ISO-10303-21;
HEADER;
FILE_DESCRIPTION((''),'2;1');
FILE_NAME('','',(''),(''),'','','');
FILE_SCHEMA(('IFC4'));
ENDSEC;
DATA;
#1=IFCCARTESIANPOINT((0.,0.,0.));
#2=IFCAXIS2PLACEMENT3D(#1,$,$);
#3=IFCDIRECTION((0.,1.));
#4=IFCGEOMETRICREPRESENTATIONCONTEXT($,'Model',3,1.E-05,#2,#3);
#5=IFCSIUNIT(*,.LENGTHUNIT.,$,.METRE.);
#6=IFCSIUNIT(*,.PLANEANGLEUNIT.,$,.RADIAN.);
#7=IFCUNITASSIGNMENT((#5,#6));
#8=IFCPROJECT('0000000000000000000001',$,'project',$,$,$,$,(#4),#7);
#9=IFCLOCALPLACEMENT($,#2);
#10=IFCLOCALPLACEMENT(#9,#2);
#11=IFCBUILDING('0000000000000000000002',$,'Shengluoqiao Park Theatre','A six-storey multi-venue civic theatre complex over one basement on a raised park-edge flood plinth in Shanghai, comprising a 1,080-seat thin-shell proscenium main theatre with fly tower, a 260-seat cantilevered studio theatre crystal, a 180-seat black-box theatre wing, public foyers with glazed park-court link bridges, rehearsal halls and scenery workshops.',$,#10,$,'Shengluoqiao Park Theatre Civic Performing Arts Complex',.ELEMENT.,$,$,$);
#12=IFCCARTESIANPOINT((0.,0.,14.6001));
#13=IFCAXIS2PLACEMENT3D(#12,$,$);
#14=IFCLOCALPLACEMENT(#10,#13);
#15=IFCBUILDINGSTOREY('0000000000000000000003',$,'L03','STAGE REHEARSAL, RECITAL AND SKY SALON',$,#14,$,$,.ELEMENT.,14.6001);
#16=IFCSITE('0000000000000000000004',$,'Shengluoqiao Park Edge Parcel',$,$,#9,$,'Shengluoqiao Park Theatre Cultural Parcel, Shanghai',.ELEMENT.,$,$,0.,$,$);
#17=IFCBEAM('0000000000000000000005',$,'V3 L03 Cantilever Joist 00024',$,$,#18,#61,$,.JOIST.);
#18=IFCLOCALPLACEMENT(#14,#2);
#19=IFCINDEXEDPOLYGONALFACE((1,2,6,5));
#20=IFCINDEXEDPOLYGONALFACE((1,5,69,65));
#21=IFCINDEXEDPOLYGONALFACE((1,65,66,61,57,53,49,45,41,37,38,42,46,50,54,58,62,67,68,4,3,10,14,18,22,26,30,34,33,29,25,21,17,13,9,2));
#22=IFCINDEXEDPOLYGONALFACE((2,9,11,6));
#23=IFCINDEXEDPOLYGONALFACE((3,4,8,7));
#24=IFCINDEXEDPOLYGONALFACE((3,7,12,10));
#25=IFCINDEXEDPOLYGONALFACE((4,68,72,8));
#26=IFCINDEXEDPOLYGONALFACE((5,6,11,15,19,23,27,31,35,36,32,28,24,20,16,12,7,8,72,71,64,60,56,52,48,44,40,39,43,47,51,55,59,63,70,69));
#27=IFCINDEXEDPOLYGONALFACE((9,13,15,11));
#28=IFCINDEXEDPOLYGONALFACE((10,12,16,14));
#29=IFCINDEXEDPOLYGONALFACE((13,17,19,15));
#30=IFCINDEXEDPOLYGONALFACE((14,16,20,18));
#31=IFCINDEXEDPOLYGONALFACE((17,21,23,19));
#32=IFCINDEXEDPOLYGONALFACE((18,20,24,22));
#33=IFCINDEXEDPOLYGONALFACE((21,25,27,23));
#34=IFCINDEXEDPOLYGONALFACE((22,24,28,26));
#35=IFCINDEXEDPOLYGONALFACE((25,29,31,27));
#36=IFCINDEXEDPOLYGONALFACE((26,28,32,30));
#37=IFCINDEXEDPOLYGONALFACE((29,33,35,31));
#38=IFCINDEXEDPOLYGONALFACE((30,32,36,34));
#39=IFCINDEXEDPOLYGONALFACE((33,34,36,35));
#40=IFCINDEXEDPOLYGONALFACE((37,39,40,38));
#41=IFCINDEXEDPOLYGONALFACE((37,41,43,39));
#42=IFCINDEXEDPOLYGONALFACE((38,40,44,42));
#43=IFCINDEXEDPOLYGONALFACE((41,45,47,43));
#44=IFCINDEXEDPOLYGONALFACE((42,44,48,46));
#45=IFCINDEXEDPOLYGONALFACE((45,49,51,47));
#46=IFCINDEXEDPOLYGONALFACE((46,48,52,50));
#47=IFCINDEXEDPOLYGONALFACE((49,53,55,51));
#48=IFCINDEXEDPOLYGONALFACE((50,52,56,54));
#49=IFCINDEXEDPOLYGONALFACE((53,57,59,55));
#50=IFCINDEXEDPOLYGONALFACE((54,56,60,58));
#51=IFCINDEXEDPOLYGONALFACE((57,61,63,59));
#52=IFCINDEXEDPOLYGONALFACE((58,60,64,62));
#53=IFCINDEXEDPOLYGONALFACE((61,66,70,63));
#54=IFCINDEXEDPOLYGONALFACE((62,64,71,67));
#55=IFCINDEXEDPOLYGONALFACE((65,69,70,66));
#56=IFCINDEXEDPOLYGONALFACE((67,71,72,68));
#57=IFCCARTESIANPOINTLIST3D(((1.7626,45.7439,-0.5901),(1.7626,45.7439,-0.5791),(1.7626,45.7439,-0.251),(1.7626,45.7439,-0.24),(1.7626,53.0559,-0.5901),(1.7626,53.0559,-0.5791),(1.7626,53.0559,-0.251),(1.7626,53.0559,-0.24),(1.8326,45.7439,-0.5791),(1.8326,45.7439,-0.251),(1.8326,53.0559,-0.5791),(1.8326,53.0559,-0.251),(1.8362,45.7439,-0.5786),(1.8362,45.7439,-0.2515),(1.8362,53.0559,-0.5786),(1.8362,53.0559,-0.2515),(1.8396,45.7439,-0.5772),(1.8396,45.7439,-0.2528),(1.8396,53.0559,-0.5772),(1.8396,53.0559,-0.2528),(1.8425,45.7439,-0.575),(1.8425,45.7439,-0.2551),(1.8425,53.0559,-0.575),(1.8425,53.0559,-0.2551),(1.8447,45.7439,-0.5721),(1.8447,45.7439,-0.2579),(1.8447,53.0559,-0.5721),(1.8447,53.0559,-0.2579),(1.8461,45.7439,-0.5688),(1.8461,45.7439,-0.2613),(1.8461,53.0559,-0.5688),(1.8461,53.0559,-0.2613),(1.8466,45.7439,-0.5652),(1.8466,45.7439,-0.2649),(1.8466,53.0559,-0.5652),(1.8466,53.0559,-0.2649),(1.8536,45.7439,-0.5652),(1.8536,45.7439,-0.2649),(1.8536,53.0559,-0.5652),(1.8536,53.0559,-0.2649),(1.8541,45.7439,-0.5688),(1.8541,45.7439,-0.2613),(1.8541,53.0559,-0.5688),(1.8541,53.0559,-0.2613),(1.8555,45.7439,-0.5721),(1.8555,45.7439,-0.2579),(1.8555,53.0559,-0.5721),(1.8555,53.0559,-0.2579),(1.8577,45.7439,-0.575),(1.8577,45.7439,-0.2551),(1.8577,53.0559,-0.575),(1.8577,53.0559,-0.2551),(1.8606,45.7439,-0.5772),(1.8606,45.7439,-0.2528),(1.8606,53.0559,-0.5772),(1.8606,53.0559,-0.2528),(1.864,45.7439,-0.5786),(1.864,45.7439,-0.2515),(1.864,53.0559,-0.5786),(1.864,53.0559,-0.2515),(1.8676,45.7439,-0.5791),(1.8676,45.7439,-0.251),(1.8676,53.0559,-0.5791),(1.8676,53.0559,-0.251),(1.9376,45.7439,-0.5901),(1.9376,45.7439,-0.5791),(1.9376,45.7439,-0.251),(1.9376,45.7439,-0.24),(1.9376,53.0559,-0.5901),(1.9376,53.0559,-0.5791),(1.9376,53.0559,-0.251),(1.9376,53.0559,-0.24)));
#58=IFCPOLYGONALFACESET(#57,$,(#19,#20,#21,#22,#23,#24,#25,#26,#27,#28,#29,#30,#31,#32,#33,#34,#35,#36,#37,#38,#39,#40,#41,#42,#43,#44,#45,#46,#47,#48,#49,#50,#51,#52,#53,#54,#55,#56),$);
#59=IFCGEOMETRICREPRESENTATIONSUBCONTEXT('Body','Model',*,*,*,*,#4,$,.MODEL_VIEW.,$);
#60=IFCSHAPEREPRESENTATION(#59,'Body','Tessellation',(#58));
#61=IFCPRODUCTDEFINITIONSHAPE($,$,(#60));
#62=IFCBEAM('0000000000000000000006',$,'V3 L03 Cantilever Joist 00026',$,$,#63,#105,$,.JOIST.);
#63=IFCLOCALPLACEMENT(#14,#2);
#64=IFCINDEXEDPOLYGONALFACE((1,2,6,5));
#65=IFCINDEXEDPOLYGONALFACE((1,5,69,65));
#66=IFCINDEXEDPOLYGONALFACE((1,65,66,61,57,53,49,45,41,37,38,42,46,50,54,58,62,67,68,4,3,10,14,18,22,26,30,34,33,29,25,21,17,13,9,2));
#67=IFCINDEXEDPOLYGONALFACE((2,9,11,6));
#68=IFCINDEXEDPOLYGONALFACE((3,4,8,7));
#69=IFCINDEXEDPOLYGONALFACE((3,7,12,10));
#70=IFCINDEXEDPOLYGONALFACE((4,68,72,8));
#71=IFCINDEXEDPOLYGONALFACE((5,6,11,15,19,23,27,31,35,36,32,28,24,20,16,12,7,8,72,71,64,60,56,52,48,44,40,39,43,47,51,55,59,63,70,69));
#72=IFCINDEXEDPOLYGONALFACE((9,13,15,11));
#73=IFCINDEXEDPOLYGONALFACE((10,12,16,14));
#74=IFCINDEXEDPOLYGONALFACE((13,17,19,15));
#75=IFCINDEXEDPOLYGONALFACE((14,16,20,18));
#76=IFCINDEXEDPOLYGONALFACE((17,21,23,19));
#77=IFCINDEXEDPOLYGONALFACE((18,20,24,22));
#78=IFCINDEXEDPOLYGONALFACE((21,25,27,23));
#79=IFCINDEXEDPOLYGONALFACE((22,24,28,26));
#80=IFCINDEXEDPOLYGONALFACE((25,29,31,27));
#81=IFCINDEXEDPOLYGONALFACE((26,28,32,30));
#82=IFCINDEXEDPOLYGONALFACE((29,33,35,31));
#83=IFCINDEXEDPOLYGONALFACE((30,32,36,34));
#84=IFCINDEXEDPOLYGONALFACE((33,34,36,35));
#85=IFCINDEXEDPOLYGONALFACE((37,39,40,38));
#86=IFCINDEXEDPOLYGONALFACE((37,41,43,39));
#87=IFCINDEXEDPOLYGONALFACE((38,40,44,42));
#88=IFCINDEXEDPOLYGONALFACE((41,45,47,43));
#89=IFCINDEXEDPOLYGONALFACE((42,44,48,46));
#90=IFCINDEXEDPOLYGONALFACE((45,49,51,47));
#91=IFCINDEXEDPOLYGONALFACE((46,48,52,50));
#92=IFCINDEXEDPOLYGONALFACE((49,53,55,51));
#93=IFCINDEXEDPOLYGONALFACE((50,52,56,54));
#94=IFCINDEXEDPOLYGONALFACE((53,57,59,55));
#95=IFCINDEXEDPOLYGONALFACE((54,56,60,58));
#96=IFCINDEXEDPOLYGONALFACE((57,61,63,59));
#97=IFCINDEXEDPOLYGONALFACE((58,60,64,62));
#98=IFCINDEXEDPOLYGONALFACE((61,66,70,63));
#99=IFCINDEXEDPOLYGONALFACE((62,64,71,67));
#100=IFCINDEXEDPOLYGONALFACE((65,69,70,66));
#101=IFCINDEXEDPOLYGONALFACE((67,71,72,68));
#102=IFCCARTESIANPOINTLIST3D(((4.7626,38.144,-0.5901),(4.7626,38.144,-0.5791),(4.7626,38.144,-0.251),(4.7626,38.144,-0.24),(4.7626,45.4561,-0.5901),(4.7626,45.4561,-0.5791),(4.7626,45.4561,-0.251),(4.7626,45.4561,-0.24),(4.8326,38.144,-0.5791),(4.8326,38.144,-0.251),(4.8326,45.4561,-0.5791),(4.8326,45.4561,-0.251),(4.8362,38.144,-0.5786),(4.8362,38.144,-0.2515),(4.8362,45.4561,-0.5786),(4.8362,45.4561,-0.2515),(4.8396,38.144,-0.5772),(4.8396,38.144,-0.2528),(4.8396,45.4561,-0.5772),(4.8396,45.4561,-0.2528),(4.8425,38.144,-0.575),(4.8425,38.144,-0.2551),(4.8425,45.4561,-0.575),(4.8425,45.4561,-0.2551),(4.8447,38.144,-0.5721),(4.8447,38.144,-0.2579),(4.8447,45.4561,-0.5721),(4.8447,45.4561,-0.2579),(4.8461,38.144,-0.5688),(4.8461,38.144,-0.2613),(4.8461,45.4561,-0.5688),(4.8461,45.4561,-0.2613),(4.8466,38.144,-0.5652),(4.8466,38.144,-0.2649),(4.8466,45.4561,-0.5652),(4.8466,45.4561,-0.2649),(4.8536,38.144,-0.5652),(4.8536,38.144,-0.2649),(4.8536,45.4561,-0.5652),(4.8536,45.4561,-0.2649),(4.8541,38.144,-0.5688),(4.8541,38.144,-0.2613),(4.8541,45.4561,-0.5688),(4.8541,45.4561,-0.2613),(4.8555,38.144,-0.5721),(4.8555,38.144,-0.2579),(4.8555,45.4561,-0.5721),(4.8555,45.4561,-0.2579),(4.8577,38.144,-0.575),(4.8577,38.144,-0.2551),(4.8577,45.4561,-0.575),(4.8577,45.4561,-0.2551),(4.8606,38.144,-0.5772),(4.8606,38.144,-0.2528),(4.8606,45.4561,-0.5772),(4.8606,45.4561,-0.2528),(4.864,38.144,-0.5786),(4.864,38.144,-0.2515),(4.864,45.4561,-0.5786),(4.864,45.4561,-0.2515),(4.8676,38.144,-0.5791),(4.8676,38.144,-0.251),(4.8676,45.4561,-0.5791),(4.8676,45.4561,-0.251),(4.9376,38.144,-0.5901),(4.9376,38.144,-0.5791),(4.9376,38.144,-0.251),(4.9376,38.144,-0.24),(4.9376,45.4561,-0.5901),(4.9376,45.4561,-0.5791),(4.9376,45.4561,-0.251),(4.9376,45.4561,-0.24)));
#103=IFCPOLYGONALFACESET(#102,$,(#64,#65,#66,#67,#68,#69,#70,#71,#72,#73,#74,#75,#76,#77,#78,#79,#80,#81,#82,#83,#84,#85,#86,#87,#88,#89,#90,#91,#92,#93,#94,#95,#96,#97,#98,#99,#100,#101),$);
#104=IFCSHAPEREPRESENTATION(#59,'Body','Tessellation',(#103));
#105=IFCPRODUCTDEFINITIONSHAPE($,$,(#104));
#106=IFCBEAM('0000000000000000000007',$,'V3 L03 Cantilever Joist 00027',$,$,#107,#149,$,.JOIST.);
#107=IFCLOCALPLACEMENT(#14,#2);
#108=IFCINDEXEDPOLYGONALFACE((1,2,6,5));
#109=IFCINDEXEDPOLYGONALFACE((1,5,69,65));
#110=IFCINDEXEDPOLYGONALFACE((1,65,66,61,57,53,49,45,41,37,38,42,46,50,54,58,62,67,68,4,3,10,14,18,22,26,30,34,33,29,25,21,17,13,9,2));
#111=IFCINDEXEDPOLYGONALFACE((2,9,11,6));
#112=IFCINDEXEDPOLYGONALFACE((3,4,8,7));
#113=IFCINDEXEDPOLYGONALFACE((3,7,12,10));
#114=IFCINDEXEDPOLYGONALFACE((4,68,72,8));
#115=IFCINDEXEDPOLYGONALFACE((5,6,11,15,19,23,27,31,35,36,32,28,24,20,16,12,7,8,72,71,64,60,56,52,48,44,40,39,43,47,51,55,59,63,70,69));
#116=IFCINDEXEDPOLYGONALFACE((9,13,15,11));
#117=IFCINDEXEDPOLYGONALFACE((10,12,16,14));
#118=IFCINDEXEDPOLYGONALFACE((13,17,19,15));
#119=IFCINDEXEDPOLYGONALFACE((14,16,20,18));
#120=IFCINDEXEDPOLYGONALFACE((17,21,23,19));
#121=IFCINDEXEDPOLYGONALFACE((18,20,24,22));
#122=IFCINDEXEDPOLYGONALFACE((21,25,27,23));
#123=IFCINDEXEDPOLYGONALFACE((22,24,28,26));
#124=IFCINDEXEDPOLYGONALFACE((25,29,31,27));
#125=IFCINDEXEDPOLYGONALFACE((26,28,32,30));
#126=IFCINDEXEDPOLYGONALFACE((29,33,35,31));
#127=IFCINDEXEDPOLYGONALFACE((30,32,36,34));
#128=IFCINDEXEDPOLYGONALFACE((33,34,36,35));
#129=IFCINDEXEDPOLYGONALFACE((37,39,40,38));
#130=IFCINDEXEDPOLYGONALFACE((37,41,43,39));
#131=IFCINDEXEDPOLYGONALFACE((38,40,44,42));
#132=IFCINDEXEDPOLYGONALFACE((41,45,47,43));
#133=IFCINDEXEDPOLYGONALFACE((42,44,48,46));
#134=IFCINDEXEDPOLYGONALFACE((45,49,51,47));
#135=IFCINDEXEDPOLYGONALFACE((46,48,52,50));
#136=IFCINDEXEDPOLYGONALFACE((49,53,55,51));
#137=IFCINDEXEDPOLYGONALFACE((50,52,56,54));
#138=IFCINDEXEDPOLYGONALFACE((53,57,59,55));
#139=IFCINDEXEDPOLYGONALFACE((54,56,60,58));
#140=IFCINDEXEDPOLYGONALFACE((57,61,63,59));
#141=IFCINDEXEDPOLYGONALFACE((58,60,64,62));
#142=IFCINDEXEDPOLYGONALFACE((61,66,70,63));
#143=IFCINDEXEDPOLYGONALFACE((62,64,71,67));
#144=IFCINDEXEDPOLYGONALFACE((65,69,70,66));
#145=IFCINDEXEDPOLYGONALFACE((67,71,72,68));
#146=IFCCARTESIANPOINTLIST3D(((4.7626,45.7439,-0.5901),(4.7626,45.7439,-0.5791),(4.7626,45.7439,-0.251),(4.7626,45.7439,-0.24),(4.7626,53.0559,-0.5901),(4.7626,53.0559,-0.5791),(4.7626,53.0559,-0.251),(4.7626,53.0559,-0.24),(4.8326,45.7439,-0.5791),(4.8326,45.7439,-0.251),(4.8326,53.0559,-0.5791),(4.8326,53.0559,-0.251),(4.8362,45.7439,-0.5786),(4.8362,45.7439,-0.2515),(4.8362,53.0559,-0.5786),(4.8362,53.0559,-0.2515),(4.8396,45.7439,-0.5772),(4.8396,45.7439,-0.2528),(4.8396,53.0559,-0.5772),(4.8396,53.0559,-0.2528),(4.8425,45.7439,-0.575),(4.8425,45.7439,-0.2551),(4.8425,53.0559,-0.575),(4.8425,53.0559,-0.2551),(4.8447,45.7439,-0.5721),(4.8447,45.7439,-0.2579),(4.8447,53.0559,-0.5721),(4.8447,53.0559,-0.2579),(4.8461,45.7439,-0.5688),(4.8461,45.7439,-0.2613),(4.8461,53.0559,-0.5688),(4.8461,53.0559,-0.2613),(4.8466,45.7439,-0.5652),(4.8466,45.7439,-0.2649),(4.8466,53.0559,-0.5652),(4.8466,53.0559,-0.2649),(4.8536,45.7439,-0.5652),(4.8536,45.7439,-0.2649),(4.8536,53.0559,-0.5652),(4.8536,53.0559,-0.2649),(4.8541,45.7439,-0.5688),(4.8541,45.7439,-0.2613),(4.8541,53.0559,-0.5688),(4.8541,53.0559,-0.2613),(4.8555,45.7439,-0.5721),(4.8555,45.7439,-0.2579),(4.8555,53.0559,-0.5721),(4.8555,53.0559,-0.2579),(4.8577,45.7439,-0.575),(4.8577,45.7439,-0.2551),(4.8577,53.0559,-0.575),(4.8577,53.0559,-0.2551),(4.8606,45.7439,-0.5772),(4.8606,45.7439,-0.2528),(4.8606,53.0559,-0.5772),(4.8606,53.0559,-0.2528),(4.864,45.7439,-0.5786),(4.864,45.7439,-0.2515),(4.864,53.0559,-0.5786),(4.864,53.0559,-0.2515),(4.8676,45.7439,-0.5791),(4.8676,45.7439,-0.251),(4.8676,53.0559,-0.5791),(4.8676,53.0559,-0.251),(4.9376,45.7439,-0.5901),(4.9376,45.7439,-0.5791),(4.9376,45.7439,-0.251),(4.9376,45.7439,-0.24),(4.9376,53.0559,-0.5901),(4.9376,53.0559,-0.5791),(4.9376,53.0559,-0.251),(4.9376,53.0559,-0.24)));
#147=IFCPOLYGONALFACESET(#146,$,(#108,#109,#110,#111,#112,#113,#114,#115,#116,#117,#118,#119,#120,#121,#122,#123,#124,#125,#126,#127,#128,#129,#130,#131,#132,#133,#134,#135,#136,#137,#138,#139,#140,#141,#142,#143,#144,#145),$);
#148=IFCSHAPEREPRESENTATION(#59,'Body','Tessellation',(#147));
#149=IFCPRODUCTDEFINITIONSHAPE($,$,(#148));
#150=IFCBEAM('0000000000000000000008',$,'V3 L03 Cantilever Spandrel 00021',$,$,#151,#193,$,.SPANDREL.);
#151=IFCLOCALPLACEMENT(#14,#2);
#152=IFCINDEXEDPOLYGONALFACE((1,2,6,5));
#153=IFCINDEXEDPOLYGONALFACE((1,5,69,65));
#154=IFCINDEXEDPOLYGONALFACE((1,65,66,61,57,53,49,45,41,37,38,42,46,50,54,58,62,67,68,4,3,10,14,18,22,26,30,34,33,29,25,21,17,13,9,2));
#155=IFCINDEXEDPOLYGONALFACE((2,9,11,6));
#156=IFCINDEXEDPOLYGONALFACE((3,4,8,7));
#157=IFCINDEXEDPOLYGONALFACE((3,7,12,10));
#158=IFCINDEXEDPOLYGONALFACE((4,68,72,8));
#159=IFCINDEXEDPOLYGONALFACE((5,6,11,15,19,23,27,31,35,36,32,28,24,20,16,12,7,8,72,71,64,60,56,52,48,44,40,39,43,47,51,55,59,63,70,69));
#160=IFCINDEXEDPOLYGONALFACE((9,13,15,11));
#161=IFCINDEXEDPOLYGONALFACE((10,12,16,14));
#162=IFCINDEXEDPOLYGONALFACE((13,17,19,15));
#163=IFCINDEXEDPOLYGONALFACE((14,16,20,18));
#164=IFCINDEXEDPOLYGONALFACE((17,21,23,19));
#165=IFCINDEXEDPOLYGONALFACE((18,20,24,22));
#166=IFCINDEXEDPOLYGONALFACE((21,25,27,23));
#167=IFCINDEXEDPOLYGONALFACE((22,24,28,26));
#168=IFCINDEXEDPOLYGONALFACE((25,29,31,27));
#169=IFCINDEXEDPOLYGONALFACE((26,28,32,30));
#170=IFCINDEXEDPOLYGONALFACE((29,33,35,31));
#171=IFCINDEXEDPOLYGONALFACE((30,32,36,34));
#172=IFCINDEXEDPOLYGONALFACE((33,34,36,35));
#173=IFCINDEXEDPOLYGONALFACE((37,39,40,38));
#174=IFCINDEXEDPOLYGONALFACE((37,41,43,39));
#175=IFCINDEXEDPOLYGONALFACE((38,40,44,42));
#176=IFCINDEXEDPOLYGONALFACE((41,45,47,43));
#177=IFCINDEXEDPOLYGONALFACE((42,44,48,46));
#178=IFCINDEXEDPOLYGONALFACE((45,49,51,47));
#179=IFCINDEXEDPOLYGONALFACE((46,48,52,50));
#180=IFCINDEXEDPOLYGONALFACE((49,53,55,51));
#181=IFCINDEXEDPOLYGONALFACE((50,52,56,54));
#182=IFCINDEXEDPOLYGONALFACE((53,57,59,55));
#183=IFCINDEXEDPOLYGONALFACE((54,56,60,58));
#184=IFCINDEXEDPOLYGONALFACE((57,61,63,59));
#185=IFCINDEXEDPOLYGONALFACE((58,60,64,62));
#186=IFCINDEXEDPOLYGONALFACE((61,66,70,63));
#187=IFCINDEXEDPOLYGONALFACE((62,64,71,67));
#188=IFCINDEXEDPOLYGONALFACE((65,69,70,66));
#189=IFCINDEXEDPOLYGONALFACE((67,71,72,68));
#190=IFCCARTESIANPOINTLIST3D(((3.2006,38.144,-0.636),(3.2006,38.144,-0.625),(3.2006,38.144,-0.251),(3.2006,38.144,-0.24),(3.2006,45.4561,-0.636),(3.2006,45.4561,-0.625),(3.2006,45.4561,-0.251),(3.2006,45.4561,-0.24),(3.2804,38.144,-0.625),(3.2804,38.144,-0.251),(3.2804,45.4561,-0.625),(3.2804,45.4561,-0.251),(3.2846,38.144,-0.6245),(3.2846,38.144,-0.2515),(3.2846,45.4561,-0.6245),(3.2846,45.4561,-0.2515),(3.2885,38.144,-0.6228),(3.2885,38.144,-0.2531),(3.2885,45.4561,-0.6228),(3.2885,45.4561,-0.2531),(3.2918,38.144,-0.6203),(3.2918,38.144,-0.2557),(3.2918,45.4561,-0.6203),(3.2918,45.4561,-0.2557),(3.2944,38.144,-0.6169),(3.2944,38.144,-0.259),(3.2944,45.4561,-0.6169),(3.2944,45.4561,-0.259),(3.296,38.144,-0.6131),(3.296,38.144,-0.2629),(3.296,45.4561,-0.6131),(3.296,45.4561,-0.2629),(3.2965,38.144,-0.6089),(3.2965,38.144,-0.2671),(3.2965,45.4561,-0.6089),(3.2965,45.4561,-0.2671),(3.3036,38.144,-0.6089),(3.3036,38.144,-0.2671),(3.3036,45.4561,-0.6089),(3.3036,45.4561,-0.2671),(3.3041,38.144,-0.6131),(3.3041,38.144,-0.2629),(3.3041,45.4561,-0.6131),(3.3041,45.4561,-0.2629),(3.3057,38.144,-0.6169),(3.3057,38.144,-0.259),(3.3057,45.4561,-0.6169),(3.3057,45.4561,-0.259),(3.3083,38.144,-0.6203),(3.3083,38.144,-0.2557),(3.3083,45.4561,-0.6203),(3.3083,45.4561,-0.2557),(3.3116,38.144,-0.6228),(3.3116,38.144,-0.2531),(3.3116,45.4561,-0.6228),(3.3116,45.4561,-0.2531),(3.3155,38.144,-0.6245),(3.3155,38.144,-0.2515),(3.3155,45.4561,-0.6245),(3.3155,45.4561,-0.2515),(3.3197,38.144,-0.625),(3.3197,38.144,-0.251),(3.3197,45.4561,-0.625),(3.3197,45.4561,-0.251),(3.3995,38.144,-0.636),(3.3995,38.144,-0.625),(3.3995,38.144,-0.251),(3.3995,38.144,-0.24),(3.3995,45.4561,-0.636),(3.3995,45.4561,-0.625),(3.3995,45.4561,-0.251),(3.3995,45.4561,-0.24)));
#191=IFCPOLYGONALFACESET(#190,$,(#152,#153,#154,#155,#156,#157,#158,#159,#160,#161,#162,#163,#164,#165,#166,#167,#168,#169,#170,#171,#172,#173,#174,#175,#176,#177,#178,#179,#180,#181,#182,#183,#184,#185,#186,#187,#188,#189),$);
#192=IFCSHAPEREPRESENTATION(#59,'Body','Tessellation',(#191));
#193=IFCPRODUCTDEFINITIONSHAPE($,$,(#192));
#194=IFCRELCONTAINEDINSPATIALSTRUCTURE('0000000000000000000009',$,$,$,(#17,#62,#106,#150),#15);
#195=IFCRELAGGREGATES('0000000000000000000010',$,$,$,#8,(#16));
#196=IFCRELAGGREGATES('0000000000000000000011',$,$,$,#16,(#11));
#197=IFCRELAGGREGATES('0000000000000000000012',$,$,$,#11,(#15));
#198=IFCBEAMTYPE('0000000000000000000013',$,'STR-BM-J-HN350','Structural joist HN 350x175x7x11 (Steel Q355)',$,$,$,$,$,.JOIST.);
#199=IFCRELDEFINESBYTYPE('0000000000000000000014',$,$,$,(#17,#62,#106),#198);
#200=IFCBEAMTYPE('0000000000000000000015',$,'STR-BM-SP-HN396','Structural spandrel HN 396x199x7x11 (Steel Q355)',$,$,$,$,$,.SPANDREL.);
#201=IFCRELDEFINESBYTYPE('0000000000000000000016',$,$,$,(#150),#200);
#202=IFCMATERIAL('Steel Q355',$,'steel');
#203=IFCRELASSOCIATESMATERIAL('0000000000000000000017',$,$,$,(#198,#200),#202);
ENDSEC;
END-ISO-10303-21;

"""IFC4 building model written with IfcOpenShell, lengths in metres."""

from ifc_helpers import new_model, si_unit, direction, frame, origin, origin_2d, place, context, subcontext, project, spatial, i_section, extrude, material, material_profile, profile_set, type_object, element, save


model = new_model("IFC4")

# Units and contexts
model_context = context("Model", 3, precision=1e-05, world=origin(), true_north=direction((0.0, 1.0)))
body_context = subcontext(model_context, "Body", "Model", "MODEL_VIEW")
ifc_project = project(units=[si_unit("LENGTHUNIT", "METRE"), si_unit("PLANEANGLEUNIT", "RADIAN")], contexts=[model_context])

# Site, building, storey
site_placement = place(None, origin())
site = spatial("IfcSite", under=ifc_project, at=site_placement, Name="Shengluoqiao Park Edge Parcel", LongName="Shengluoqiao Park Theatre Cultural Parcel, Shanghai", CompositionType="ELEMENT", RefElevation=0.0)
building_placement = place(site_placement, origin())
building = spatial("IfcBuilding", under=site, at=building_placement, Name="Shengluoqiao Park Theatre", Description="A six-storey multi-venue civic theatre complex over one basement on a raised park-edge flood plinth in Shanghai, comprising a 1,080-seat thin-shell proscenium main theatre with fly tower, a 260-seat cantilevered studio theatre crystal, a 180-seat black-box theatre wing, public foyers with glazed park-court link bridges, rehearsal halls and scenery workshops.", LongName="Shengluoqiao Park Theatre Civic Performing Arts Complex", CompositionType="ELEMENT")
storey_placement = place(building_placement, frame((0.0, 0.0, 14.6001)))
storey = spatial("IfcBuildingStorey", under=building, at=storey_placement, Name="L03", Description="STAGE REHEARSAL, RECITAL AND SKY SALON", CompositionType="ELEMENT", Elevation=14.6001)

# Beams
ifc_material_1 = material(Name="Steel Q355", Category="steel")
ifc_material_profile_1 = material_profile(ifc_material_1, i_section(OverallWidth=0.175, OverallDepth=0.3501, WebThickness=0.0071, FlangeThickness=0.011, FilletRadius=0.0139, at=origin_2d()), Name="HN 350x175x7x11")
ifc_profile_set_1 = profile_set([ifc_material_profile_1], Name="Steel Q355")
beam_type_1 = type_object("IfcBeamType", Name="STR-BM-J-HN350", Description="Structural joist HN 350x175x7x11 (Steel Q355)", PredefinedType="JOIST", material=ifc_profile_set_1)
for number, where, z_axis, x_axis, name in (
    (1, (1.8501, 45.7439, -0.415), (0.0, 1.0, 0.0), (-1.0, 0.0, 0.0), "V3 L03 Cantilever Joist 00024"),
    (2, (4.8501, 38.144, -0.415), (0.0, 1.0, 0.0), (-1.0, 0.0, 0.0), "V3 L03 Cantilever Joist 00026"),
    (3, (4.8501, 45.7439, -0.415), (0.0, 1.0, 0.0), (-1.0, 0.0, 0.0), "V3 L03 Cantilever Joist 00027"),
):
    element("IfcBeam", number, at=place(storey_placement, frame(where, z_axis=z_axis, x_axis=x_axis)), inside=storey, type_object=beam_type_1, Name=name, PredefinedType="JOIST", context=body_context, shape_type="SweptSolid", body=[
        extrude(i_section(OverallWidth=0.175, OverallDepth=0.3501, WebThickness=0.0071, FlangeThickness=0.011, FilletRadius=0.0139, at=origin_2d()), origin(), (0.0, 0.0, 1.0), 7.312),
    ])
ifc_material_profile_2 = material_profile(ifc_material_1, i_section(OverallWidth=0.199, OverallDepth=0.396, WebThickness=0.0071, FlangeThickness=0.011, FilletRadius=0.0161, at=origin_2d()), Name="HN 396x199x7x11")
ifc_profile_set_2 = profile_set([ifc_material_profile_2], Name="Steel Q355")
beam_type_2 = type_object("IfcBeamType", Name="STR-BM-SP-HN396", Description="Structural spandrel HN 396x199x7x11 (Steel Q355)", PredefinedType="SPANDREL", material=ifc_profile_set_2)
for number, where, z_axis, x_axis, name in (
    (4, (3.3, 38.144, -0.438), (0.0, 1.0, 0.0), (-1.0, 0.0, 0.0), "V3 L03 Cantilever Spandrel 00021"),
):
    element("IfcBeam", number, at=place(storey_placement, frame(where, z_axis=z_axis, x_axis=x_axis)), inside=storey, type_object=beam_type_2, Name=name, PredefinedType="SPANDREL", context=body_context, shape_type="SweptSolid", body=[
        extrude(i_section(OverallWidth=0.199, OverallDepth=0.396, WebThickness=0.0071, FlangeThickness=0.011, FilletRadius=0.0161, at=origin_2d()), origin(), (0.0, 0.0, 1.0), 7.312),
    ])

save(model, "model.ifc")
